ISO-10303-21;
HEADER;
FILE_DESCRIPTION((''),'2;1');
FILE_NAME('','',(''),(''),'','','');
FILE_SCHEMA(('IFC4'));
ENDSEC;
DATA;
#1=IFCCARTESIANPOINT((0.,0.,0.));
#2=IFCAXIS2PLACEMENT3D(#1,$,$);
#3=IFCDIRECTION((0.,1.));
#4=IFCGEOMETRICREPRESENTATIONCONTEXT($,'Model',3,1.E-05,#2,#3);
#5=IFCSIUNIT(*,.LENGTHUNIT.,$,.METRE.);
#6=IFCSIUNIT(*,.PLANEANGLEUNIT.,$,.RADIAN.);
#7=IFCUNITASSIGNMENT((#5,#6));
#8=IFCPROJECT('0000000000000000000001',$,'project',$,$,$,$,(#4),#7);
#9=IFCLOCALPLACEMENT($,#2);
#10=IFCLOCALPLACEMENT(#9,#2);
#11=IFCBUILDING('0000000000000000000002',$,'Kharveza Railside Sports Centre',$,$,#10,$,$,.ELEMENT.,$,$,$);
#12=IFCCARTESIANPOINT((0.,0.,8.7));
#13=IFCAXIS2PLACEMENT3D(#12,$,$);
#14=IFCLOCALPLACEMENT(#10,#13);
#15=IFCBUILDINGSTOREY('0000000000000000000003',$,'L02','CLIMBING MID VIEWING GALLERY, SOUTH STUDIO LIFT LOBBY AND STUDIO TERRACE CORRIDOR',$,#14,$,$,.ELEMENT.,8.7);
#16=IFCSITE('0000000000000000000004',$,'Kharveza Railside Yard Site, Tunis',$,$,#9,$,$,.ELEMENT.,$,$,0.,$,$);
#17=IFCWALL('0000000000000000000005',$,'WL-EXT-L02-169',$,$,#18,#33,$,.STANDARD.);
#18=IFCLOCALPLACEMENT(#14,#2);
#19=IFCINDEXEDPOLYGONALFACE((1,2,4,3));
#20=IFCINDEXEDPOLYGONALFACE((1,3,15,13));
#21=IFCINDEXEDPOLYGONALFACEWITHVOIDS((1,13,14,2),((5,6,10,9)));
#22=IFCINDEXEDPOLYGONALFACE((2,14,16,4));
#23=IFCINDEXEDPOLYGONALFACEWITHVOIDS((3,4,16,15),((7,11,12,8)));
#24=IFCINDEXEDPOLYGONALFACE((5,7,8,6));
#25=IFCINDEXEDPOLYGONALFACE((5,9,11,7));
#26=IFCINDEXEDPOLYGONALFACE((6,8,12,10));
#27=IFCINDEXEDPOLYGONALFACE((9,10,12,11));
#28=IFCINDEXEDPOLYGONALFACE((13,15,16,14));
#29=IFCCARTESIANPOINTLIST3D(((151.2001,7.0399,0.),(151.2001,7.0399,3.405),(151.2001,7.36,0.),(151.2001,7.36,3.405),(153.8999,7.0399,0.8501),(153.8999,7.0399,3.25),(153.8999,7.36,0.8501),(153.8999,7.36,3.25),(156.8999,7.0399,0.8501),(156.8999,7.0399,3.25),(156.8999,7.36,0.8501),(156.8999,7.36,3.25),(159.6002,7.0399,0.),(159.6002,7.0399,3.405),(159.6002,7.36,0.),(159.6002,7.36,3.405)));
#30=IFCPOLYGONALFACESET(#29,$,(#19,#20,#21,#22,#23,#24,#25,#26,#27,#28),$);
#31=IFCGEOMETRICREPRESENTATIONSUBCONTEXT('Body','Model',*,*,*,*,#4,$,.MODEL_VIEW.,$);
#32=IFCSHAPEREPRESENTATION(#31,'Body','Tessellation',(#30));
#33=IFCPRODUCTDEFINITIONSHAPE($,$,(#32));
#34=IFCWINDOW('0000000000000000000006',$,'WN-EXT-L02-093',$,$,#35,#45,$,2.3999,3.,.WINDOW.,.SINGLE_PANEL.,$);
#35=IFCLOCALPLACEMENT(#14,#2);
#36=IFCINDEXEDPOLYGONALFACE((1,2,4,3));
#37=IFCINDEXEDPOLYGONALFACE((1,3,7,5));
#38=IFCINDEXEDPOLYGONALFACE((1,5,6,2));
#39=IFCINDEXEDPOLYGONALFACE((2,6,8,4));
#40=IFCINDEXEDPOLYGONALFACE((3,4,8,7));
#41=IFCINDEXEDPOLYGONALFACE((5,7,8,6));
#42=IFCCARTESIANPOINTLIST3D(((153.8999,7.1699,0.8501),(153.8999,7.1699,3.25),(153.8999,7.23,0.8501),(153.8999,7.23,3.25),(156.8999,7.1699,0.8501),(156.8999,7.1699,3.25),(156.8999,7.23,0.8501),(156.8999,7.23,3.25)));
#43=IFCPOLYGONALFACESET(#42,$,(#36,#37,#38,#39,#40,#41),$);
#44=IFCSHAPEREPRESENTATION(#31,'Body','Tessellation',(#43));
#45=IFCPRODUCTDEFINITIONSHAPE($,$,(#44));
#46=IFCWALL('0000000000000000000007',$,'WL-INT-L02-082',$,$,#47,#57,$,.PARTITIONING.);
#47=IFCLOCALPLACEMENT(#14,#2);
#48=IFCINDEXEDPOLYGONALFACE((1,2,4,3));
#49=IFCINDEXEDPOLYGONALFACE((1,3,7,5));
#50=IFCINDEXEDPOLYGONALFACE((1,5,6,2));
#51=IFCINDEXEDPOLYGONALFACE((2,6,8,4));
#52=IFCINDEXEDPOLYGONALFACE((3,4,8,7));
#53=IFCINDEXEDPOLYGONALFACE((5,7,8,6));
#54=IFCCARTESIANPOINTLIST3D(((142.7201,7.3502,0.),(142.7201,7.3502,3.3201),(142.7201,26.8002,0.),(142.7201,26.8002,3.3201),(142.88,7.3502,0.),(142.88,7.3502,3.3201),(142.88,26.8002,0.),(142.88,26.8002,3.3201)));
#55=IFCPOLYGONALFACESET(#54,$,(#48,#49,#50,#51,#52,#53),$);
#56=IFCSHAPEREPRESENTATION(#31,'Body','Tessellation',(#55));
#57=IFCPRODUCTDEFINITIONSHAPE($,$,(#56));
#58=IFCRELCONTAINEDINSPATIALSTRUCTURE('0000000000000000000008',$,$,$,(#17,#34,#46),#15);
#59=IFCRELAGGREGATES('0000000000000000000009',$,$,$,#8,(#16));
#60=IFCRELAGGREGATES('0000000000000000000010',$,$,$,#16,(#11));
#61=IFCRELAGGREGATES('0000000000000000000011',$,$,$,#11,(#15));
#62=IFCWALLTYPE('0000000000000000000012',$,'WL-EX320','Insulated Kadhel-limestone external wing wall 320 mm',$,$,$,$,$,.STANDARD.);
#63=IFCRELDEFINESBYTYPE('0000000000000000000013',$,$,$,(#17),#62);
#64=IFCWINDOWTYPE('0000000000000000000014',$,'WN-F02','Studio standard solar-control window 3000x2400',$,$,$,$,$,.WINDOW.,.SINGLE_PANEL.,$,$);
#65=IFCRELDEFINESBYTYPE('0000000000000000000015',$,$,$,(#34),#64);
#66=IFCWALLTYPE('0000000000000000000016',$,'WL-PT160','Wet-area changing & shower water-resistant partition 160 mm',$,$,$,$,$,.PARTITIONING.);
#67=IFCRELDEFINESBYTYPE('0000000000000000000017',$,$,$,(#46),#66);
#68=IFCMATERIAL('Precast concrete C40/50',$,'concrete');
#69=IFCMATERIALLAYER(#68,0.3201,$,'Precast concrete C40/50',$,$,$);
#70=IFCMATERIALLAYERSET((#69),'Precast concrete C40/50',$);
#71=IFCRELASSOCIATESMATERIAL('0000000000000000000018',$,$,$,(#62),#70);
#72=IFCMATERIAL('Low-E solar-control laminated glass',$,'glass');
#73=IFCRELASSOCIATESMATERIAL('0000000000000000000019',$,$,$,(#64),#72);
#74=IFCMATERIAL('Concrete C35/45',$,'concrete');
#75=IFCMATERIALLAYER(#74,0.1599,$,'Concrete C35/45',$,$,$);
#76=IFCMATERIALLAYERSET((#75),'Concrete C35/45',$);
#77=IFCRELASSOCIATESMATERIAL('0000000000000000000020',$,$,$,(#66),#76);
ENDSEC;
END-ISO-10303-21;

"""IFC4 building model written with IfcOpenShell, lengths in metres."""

from ifc_helpers import new_model, si_unit, direction, frame, frame_2d, origin, place, context, subcontext, project, spatial, rectangle, extrude, material, layer, layer_set, type_object, element, fill, save


model = new_model("IFC4")

# Units and contexts
model_context = context("Model", 3, precision=1e-05, world=origin(), true_north=direction((0.0, 1.0)))
body_context = subcontext(model_context, "Body", "Model", "MODEL_VIEW")
ifc_project = project(units=[si_unit("LENGTHUNIT", "METRE"), si_unit("PLANEANGLEUNIT", "RADIAN")], contexts=[model_context])

# Site, building, storey
site_placement = place(None, origin())
site = spatial("IfcSite", under=ifc_project, at=site_placement, Name="Kharveza Railside Yard Site, Tunis", CompositionType="ELEMENT", RefElevation=0.0)
building_placement = place(site_placement, origin())
building = spatial("IfcBuilding", under=site, at=building_placement, Name="Kharveza Railside Sports Centre", CompositionType="ELEMENT")
storey_placement = place(building_placement, frame((0.0, 0.0, 8.7)))
storey = spatial("IfcBuildingStorey", under=building, at=storey_placement, Name="L02", Description="CLIMBING MID VIEWING GALLERY, SOUTH STUDIO LIFT LOBBY AND STUDIO TERRACE CORRIDOR", CompositionType="ELEMENT", Elevation=8.7)

# Shared definitions
ifc_material_1 = material(Name="Concrete C35/45", Category="concrete")

# Wall, opening, window
ifc_material_2 = material(Name="Precast concrete C40/50", Category="concrete")
ifc_layer_1 = layer(ifc_material_2, 0.3201, Name="Precast concrete C40/50")
ifc_layer_set_1 = layer_set([ifc_layer_1], Name="Precast concrete C40/50")
wall_type_1 = type_object("IfcWallType", Name="WL-EX320", Description="Insulated Kadhel-limestone external wing wall 320 mm", PredefinedType="STANDARD", material=ifc_layer_set_1)
ifc_material_3 = material(Name="Low-E solar-control laminated glass", Category="glass")
wall_1_placement = place(storey_placement, frame((151.2, 7.2, 0.0), z_axis=(0.0, 0.0, 1.0), x_axis=(1.0, 0.0, 0.0)))
wall_1 = element("IfcWall", 1, at=wall_1_placement, inside=storey, type_object=wall_type_1, Name="WL-EXT-L02-169", PredefinedType="STANDARD", context=body_context, shape_type="SweptSolid", body=[
    extrude(rectangle(XDim=8.4001, YDim=0.3201, at=frame_2d((4.2002, 0.0))), origin(), (0.0, 0.0, 1.0), 3.405),
])
opening_1_placement = place(wall_1_placement, frame((2.7, 0.0, 0.8501)))
opening_1 = element("IfcOpeningElement", 2, at=opening_1_placement, cuts=wall_1, PredefinedType="OPENING", context=body_context, shape_type="SweptSolid", body=[
    extrude(rectangle(XDim=3.0, YDim=2.3999, at=frame_2d((1.5, 1.2))), frame((0.0, 0.1851, 0.0), z_axis=(0.0, -1.0, 0.0), x_axis=(1.0, 0.0, 0.0)), (0.0, 0.0, 1.0), 0.3699),
])
window_type_1 = type_object("IfcWindowType", Name="WN-F02", Description="Studio standard solar-control window 3000x2400", PartitioningType="SINGLE_PANEL", PredefinedType="WINDOW", material=ifc_material_3)
window_1_placement = place(opening_1_placement, origin())
window_1 = element("IfcWindow", 3, at=window_1_placement, inside=storey, type_object=window_type_1, Name="WN-EXT-L02-093", OverallHeight=2.3999, OverallWidth=3.0, PartitioningType="SINGLE_PANEL", PredefinedType="WINDOW", context=body_context, shape_type="SweptSolid", body=[
    extrude(rectangle(XDim=3.0, YDim=2.3999, at=frame_2d((1.5, 1.2))), frame((0.0, 0.03, 0.0), z_axis=(0.0, -1.0, 0.0), x_axis=(1.0, 0.0, 0.0)), (0.0, 0.0, 1.0), 0.0601),
])
fill(opening_1, window_1)

# Wall
ifc_layer_2 = layer(ifc_material_1, 0.1599, Name="Concrete C35/45")
ifc_layer_set_2 = layer_set([ifc_layer_2], Name="Concrete C35/45")
wall_type_2 = type_object("IfcWallType", Name="WL-PT160", Description="Wet-area changing & shower water-resistant partition 160 mm", PredefinedType="PARTITIONING", material=ifc_layer_set_2)
wall_2_placement = place(storey_placement, frame((142.8, 7.3501, 0.0), z_axis=(0.0, 0.0, 1.0), x_axis=(0.0, 1.0, 0.0)))
element("IfcWall", 4, at=wall_2_placement, inside=storey, type_object=wall_type_2, Name="WL-INT-L02-082", PredefinedType="PARTITIONING", context=body_context, shape_type="SweptSolid", body=[
    extrude(rectangle(XDim=19.45, YDim=0.1599, at=frame_2d((9.7251, 0.0))), origin(), (0.0, 0.0, 1.0), 3.3201),
])

save(model, "model.ifc")
